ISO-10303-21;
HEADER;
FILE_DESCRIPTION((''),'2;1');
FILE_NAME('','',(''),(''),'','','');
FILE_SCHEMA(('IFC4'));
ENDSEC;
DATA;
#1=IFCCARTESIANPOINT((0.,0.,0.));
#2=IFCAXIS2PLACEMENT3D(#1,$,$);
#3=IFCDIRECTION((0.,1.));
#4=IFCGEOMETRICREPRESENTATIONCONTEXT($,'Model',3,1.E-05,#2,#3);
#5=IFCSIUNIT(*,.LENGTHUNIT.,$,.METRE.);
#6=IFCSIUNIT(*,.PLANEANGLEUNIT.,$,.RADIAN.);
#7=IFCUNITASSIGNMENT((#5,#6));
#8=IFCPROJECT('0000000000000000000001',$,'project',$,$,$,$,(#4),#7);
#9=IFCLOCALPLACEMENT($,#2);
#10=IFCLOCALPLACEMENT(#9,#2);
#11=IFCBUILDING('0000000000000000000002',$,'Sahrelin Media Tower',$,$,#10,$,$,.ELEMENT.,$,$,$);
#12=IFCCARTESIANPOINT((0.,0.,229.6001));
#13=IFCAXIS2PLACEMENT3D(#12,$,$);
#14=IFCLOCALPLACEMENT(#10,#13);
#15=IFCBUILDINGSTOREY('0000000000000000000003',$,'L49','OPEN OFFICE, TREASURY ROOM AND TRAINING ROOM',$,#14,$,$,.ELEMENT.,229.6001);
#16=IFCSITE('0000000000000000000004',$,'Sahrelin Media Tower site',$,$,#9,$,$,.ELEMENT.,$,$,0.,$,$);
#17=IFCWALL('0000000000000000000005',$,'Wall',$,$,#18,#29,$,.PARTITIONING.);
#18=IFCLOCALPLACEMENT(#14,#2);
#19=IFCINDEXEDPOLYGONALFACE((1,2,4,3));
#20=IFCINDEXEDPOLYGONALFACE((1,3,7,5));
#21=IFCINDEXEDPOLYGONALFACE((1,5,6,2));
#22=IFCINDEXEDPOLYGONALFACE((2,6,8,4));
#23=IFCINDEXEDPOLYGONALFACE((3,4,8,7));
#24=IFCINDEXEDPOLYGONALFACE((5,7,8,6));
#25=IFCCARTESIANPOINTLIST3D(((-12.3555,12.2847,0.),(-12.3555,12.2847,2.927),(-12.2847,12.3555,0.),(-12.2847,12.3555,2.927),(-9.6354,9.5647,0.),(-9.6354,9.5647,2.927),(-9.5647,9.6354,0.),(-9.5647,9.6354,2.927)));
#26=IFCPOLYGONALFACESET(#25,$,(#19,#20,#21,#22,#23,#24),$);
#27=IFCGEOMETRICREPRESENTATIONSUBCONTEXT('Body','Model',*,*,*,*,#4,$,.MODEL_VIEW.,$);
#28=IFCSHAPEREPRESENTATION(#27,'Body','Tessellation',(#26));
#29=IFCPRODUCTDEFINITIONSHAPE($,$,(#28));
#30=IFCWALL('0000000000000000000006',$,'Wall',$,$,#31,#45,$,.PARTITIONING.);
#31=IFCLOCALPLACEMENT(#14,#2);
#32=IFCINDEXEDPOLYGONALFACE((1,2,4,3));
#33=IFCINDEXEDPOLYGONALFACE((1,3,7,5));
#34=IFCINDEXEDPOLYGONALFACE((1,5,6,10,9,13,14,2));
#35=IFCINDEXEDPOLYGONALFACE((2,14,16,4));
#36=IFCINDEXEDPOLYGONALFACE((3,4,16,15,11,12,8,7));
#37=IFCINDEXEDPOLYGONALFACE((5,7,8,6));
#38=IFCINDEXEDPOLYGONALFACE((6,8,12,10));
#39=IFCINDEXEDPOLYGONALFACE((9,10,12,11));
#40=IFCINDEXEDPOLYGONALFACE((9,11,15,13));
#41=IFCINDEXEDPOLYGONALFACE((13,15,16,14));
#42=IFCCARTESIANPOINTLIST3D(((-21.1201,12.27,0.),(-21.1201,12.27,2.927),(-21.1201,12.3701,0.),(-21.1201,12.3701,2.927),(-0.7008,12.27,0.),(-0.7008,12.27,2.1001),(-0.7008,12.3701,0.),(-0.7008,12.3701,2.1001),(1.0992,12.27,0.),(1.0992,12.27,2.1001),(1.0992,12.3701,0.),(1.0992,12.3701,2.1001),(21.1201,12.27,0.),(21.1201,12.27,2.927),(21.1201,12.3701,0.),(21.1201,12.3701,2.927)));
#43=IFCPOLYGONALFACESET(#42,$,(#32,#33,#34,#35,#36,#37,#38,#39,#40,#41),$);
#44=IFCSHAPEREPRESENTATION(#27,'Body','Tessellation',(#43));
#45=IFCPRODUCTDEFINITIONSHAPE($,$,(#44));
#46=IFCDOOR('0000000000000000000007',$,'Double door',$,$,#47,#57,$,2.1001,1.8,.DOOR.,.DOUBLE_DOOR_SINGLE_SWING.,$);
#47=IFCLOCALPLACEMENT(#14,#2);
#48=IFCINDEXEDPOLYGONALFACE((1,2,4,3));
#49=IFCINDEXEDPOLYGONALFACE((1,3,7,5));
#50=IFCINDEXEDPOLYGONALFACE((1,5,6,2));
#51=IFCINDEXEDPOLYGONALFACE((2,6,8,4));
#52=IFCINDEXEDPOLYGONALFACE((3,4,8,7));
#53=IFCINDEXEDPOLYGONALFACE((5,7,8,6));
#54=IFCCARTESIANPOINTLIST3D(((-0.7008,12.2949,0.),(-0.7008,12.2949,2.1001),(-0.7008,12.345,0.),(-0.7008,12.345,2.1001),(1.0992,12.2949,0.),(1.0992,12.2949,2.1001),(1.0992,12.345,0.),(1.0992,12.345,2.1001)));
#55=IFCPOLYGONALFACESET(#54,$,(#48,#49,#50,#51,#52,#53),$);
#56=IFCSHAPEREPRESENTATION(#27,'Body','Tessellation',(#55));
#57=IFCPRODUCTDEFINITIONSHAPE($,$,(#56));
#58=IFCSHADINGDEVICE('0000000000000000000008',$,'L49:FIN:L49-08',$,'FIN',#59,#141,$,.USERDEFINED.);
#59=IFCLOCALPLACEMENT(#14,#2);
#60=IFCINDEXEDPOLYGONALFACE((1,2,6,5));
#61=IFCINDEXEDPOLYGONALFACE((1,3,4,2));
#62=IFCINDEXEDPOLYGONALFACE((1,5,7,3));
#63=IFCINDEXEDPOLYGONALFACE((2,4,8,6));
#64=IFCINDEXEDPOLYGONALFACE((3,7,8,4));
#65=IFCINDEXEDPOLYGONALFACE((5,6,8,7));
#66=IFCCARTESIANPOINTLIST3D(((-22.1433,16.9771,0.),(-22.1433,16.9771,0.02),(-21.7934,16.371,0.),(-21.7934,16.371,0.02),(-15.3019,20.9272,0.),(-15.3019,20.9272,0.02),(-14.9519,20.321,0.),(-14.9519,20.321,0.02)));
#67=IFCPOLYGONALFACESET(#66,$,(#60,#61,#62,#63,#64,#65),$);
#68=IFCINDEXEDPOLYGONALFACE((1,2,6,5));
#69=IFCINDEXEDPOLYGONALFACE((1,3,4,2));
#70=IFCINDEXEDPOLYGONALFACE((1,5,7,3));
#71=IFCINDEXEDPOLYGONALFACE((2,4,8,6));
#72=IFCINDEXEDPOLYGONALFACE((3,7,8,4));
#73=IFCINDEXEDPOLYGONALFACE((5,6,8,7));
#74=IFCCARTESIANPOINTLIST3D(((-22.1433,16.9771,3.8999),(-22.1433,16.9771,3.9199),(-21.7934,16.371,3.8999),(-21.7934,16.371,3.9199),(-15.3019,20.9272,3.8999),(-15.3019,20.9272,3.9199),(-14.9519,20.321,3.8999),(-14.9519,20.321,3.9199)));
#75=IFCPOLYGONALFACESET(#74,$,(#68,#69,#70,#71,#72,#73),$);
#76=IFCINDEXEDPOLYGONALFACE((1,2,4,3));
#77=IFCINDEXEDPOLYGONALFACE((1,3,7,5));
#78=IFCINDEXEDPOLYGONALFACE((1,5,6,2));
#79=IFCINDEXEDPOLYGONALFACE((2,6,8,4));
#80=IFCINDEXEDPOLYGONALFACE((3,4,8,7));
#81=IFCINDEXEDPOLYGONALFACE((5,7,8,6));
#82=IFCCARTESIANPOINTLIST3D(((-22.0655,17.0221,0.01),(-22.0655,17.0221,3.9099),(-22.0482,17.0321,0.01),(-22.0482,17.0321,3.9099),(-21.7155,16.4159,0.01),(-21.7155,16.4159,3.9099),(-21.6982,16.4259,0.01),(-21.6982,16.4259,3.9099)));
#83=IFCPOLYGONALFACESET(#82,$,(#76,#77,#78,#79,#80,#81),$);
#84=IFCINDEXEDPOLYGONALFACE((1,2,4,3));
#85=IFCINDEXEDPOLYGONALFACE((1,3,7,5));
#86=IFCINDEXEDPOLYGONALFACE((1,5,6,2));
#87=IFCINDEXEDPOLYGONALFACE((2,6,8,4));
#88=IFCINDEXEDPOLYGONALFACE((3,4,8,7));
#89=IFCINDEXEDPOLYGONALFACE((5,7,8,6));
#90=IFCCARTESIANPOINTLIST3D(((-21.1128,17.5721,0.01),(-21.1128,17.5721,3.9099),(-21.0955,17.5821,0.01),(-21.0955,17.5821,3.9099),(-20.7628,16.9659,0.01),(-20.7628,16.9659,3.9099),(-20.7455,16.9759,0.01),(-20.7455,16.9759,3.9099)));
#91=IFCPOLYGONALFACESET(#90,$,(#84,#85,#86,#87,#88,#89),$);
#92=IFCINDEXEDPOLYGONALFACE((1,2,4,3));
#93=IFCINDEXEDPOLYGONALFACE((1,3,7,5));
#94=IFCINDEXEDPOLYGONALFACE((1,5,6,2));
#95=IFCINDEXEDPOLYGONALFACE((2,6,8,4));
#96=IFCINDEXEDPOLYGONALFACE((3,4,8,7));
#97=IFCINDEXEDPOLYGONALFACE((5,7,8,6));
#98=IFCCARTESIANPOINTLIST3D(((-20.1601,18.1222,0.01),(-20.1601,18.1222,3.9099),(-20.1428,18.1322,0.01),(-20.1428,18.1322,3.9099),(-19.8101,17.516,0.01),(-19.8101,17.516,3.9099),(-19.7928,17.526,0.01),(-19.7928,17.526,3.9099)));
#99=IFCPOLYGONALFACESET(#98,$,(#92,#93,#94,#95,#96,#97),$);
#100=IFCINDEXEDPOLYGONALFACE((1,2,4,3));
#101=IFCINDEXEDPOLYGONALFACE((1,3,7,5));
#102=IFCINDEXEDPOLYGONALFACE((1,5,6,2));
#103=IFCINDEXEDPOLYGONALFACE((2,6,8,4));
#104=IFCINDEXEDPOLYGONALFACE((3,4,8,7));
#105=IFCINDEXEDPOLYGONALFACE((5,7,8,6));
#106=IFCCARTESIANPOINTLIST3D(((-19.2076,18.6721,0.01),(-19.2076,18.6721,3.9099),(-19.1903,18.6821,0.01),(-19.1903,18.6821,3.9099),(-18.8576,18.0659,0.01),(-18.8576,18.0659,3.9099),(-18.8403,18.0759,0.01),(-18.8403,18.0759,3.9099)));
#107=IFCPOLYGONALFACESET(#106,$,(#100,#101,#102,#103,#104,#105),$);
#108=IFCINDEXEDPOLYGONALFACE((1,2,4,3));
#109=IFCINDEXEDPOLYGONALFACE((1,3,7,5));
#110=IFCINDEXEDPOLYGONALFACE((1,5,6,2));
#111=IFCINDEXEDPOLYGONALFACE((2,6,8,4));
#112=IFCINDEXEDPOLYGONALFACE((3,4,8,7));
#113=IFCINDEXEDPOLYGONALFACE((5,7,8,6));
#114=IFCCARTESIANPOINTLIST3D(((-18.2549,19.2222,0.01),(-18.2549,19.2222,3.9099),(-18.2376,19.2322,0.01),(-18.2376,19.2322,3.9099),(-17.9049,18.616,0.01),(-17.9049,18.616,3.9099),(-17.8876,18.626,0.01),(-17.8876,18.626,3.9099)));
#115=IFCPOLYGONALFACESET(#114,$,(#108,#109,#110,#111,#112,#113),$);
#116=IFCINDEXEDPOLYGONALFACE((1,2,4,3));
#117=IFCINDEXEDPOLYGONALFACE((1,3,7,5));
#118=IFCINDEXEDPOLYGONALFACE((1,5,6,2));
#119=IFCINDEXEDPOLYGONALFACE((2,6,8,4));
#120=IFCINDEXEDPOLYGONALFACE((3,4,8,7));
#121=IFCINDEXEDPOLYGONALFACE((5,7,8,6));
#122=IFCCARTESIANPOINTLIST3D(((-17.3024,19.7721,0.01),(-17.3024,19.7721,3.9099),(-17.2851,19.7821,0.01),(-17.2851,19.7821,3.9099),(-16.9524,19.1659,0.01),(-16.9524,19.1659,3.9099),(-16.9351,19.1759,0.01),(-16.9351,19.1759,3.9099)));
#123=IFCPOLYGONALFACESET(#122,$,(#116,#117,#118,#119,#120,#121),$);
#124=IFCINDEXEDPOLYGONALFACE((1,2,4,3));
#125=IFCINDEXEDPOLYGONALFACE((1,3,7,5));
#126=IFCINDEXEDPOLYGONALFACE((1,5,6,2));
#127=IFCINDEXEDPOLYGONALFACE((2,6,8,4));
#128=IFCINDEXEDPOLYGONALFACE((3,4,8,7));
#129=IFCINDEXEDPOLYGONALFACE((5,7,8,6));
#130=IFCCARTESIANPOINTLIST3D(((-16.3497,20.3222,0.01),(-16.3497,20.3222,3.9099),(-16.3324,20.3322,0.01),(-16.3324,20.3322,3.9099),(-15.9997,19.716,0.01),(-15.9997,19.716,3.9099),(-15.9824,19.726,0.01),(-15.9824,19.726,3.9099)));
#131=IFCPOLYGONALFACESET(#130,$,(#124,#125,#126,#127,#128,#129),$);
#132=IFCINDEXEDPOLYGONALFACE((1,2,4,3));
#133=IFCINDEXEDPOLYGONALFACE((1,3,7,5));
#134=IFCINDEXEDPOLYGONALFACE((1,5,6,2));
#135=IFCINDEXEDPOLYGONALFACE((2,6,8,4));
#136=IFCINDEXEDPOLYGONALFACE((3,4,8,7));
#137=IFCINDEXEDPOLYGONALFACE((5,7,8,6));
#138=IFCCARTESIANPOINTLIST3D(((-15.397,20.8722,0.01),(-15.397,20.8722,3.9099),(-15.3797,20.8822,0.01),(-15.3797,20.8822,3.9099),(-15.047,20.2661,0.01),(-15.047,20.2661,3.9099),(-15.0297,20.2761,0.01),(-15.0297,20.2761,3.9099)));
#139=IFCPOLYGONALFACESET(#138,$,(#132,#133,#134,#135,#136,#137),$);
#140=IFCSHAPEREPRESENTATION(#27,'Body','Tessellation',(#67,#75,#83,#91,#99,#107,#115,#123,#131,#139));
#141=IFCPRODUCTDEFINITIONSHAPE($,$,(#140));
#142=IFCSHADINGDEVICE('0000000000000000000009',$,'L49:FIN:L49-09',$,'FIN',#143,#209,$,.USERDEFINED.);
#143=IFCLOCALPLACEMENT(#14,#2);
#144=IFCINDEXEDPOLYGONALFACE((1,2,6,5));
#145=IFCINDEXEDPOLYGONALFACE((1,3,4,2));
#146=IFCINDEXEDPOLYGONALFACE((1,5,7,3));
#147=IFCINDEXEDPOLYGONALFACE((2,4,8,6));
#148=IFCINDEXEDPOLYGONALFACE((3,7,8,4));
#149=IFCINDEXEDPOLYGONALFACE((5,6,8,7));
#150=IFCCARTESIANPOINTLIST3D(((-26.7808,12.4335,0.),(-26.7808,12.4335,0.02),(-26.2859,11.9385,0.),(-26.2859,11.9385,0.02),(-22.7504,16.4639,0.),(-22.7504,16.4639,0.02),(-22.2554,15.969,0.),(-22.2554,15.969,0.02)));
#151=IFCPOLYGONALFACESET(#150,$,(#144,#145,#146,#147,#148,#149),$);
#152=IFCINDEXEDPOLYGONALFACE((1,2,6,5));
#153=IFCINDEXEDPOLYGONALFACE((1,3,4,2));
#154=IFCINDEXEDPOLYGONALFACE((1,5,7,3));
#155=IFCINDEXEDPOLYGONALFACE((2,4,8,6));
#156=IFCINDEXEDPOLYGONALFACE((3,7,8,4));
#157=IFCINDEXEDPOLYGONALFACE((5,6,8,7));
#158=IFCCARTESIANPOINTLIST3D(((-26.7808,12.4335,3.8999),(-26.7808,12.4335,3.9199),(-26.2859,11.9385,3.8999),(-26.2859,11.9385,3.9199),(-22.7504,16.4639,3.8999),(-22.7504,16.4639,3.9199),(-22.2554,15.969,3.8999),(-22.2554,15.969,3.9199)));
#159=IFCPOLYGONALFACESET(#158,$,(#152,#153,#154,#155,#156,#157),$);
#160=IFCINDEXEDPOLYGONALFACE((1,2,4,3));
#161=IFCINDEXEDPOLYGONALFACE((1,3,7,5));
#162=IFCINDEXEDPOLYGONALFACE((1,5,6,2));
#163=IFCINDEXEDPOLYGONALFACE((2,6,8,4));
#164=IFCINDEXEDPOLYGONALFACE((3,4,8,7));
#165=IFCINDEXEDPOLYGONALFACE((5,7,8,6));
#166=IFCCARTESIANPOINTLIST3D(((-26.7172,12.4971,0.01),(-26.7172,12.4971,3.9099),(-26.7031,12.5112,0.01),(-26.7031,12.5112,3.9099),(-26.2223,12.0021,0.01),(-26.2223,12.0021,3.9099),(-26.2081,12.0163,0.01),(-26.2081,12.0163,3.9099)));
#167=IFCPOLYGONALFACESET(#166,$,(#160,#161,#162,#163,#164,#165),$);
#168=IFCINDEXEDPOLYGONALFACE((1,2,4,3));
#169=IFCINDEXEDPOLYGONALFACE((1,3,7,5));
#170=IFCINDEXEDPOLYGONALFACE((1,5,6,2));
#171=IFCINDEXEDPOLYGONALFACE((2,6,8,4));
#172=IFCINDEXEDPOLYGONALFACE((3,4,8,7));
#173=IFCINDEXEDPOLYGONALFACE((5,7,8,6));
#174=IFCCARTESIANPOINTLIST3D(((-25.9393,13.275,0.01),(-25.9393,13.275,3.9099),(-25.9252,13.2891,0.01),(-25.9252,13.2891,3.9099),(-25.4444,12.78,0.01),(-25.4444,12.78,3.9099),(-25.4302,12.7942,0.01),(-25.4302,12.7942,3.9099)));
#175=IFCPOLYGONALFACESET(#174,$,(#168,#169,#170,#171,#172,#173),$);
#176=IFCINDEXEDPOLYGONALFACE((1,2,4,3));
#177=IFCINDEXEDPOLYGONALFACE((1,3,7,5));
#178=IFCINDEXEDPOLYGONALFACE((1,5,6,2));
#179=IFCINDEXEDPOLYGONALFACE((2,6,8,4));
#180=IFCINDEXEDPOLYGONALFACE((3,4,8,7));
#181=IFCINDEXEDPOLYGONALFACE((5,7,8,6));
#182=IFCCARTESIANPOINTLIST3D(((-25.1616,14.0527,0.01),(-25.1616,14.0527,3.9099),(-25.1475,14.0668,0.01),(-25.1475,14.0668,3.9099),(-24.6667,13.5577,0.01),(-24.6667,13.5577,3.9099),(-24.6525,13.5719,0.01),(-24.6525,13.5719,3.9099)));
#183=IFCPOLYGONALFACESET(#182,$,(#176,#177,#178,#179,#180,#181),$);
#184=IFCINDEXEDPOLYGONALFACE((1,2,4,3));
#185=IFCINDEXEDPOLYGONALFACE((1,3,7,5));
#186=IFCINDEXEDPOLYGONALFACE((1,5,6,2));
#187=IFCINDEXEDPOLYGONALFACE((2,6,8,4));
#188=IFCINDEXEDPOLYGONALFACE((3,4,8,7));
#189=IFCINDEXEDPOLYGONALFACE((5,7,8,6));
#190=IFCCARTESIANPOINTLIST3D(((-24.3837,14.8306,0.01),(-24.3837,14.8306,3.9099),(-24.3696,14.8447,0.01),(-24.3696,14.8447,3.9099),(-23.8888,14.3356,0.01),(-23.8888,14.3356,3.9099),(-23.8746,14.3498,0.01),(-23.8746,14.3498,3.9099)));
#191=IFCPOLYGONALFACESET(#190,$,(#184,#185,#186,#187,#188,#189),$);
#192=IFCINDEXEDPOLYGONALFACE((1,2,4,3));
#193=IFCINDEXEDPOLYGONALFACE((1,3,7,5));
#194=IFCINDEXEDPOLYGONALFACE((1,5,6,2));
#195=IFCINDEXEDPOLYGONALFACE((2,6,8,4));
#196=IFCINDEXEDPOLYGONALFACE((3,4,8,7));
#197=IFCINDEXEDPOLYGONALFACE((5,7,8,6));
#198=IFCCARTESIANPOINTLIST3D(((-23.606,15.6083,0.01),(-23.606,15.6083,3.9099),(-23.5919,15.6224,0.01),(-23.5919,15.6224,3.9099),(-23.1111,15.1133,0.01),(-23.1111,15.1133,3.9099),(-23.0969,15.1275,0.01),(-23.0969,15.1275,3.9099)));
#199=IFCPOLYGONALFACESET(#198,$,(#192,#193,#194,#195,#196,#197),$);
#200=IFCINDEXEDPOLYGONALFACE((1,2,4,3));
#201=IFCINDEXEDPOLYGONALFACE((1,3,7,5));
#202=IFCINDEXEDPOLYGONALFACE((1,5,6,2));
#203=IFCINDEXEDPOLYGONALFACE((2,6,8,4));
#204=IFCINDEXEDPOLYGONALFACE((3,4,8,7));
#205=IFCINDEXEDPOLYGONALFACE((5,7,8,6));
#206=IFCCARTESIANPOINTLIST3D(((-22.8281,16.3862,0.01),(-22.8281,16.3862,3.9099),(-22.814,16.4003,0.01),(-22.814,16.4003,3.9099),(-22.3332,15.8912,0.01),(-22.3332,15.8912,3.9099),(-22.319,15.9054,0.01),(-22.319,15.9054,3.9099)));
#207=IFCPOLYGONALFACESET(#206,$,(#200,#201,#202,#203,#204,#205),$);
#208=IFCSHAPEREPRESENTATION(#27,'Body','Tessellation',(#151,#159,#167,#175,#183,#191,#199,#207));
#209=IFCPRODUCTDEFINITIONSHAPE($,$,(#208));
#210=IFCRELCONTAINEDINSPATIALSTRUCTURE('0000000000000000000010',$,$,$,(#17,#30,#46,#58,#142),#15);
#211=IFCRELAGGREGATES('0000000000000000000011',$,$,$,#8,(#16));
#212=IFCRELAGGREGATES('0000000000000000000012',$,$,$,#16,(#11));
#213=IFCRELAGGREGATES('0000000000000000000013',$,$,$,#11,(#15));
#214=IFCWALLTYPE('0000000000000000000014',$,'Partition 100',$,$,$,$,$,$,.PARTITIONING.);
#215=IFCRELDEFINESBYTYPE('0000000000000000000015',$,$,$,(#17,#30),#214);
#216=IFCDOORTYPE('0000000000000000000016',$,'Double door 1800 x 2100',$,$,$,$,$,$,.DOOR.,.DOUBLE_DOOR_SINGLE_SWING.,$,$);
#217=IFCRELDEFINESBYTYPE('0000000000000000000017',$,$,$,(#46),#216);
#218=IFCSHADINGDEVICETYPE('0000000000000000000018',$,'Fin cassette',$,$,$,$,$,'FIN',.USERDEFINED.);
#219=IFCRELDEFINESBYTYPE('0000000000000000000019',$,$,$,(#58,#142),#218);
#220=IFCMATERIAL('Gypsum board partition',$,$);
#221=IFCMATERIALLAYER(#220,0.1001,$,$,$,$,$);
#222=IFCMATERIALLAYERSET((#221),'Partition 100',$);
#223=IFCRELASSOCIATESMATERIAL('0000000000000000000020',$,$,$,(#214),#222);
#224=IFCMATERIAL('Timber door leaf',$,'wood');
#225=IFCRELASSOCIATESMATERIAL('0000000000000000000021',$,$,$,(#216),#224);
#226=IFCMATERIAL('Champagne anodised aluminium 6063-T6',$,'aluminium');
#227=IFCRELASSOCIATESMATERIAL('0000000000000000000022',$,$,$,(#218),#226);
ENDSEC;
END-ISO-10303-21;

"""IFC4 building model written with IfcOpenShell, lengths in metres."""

from ifc_helpers import new_model, si_unit, direction, frame, frame_2d, origin, origin_2d, place, context, subcontext, project, spatial, rectangle, extrude, material, layer, layer_set, type_object, element, fill, save


model = new_model("IFC4")

# Units and contexts
model_context = context("Model", 3, precision=1e-05, world=origin(), true_north=direction((0.0, 1.0)))
body_context = subcontext(model_context, "Body", "Model", "MODEL_VIEW")
ifc_project = project(units=[si_unit("LENGTHUNIT", "METRE"), si_unit("PLANEANGLEUNIT", "RADIAN")], contexts=[model_context])

# Site, building, storey
site_placement = place(None, origin())
site = spatial("IfcSite", under=ifc_project, at=site_placement, Name="Sahrelin Media Tower site", CompositionType="ELEMENT", RefElevation=0.0)
building_placement = place(site_placement, origin())
building = spatial("IfcBuilding", under=site, at=building_placement, Name="Sahrelin Media Tower", CompositionType="ELEMENT")
storey_placement = place(building_placement, frame((0.0, 0.0, 229.6001)))
storey = spatial("IfcBuildingStorey", under=building, at=storey_placement, Name="L49", Description="OPEN OFFICE, TREASURY ROOM AND TRAINING ROOM", CompositionType="ELEMENT", Elevation=229.6001)

# Shared definitions
ifc_material_1 = material(Name="Champagne anodised aluminium 6063-T6", Category="aluminium")

# Wall
ifc_material_2 = material(Name="Gypsum board partition")
ifc_layer_1 = layer(ifc_material_2, 0.1001)
ifc_layer_set_1 = layer_set([ifc_layer_1], Name="Partition 100")
wall_type_1 = type_object("IfcWallType", Name="Partition 100", PredefinedType="PARTITIONING", material=ifc_layer_set_1)
wall_1_placement = place(storey_placement, frame((-12.3201, 12.3201, 0.0), z_axis=(0.0, 0.0, 1.0), x_axis=(0.707107, -0.707107, 0.0)))
element("IfcWall", 1, at=wall_1_placement, inside=storey, type_object=wall_type_1, Name="Wall", PredefinedType="PARTITIONING", context=body_context, shape_type="SweptSolid", body=[
    extrude(rectangle(XDim=3.8467, YDim=0.1001, at=frame_2d((1.9233, 0.0))), origin(), (0.0, 0.0, 1.0), 2.927),
])

# Wall, opening, door
wall_2_placement = place(storey_placement, frame((-21.1201, 12.3201, 0.0), z_axis=(0.0, 0.0, 1.0), x_axis=(1.0, 0.0, 0.0)))
wall_2 = element("IfcWall", 2, at=wall_2_placement, inside=storey, type_object=wall_type_1, Name="Wall", PredefinedType="PARTITIONING", context=body_context, shape_type="SweptSolid", body=[
    extrude(rectangle(XDim=42.2402, YDim=0.1001, at=frame_2d((21.1201, 0.0))), origin(), (0.0, 0.0, 1.0), 2.927),
])
opening_1_placement = place(wall_2_placement, frame((20.4194, 0.0, 0.0)))
opening_1 = element("IfcOpeningElement", 3, at=opening_1_placement, cuts=wall_2, PredefinedType="OPENING", context=body_context, shape_type="SweptSolid", body=[
    extrude(rectangle(XDim=1.8, YDim=2.1001, at=frame_2d((0.8999, 1.05))), frame((0.0, 0.05, 0.0), z_axis=(0.0, -1.0, 0.0), x_axis=(1.0, 0.0, 0.0)), (0.0, 0.0, 1.0), 0.1001),
])
ifc_material_3 = material(Name="Timber door leaf", Category="wood")
door_type_1 = type_object("IfcDoorType", Name="Double door 1800 x 2100", OperationType="DOUBLE_DOOR_SINGLE_SWING", PredefinedType="DOOR", material=ifc_material_3)
door_1_placement = place(opening_1_placement, origin())
door_1 = element("IfcDoor", 4, at=door_1_placement, inside=storey, type_object=door_type_1, Name="Double door", OperationType="DOUBLE_DOOR_SINGLE_SWING", OverallHeight=2.1001, OverallWidth=1.8, PredefinedType="DOOR", context=body_context, shape_type="SweptSolid", body=[
    extrude(rectangle(XDim=1.8, YDim=2.1001, at=frame_2d((0.8999, 1.05))), frame((0.0, 0.0249, 0.0), z_axis=(0.0, -1.0, 0.0), x_axis=(1.0, 0.0, 0.0)), (0.0, 0.0, 1.0), 0.05),
])
fill(opening_1, door_1)

# Shading devices
shading_device_type_1 = type_object("IfcShadingDeviceType", Name="Fin cassette", ElementType="FIN", PredefinedType="USERDEFINED", material=ifc_material_1)
placement_1 = place(storey_placement, frame((-18.3376, 18.2854, 0.0), z_axis=(0.0, 0.0, 1.0), x_axis=(0.866019, 0.500011, 0.0)))
element("IfcShadingDevice", 5, at=placement_1, inside=storey, type_object=shading_device_type_1, Name="L49:FIN:L49-08", ObjectType="FIN", PredefinedType="USERDEFINED", context=body_context, shape_type="SweptSolid", body=[
    extrude(rectangle(XDim=7.8999, YDim=0.7, at=origin_2d()), frame((0.0, 0.4199, 0.0)), (0.0, 0.0, 1.0), 0.02),
    extrude(rectangle(XDim=7.8999, YDim=0.7, at=origin_2d()), frame((0.0, 0.4199, 3.8999)), (0.0, 0.0, 1.0), 0.02),
    extrude(rectangle(XDim=0.02, YDim=0.7, at=origin_2d()), frame((-3.8501, 0.4199, 0.01), z_axis=(0.0, 0.0, 1.0), x_axis=(1.0, 0.0, 0.0)), (0.0, 0.0, 1.0), 3.8999),
    extrude(rectangle(XDim=0.02, YDim=0.7, at=origin_2d()), frame((-2.75, 0.4199, 0.01), z_axis=(0.0, 0.0, 1.0), x_axis=(1.0, 0.0, 0.0)), (0.0, 0.0, 1.0), 3.8999),
    extrude(rectangle(XDim=0.02, YDim=0.7, at=origin_2d()), frame((-1.6499, 0.4199, 0.01), z_axis=(0.0, 0.0, 1.0), x_axis=(1.0, 0.0, 0.0)), (0.0, 0.0, 1.0), 3.8999),
    extrude(rectangle(XDim=0.02, YDim=0.7, at=origin_2d()), frame((-0.55, 0.4199, 0.01), z_axis=(0.0, 0.0, 1.0), x_axis=(1.0, 0.0, 0.0)), (0.0, 0.0, 1.0), 3.8999),
    extrude(rectangle(XDim=0.02, YDim=0.7, at=origin_2d()), frame((0.55, 0.4199, 0.01), z_axis=(0.0, 0.0, 1.0), x_axis=(1.0, 0.0, 0.0)), (0.0, 0.0, 1.0), 3.8999),
    extrude(rectangle(XDim=0.02, YDim=0.7, at=origin_2d()), frame((1.6499, 0.4199, 0.01), z_axis=(0.0, 0.0, 1.0), x_axis=(1.0, 0.0, 0.0)), (0.0, 0.0, 1.0), 3.8999),
    extrude(rectangle(XDim=0.02, YDim=0.7, at=origin_2d()), frame((2.75, 0.4199, 0.01), z_axis=(0.0, 0.0, 1.0), x_axis=(1.0, 0.0, 0.0)), (0.0, 0.0, 1.0), 3.8999),
    extrude(rectangle(XDim=0.02, YDim=0.7, at=origin_2d()), frame((3.8501, 0.4199, 0.01), z_axis=(0.0, 0.0, 1.0), x_axis=(1.0, 0.0, 0.0)), (0.0, 0.0, 1.0), 3.8999),
])
placement_2 = place(storey_placement, frame((-24.2212, 13.9043, 0.0), z_axis=(0.0, 0.0, 1.0), x_axis=(0.707107, 0.707107, 0.0)))
element("IfcShadingDevice", 6, at=placement_2, inside=storey, type_object=shading_device_type_1, Name="L49:FIN:L49-09", ObjectType="FIN", PredefinedType="USERDEFINED", context=body_context, shape_type="SweptSolid", body=[
    extrude(rectangle(XDim=5.7, YDim=0.7, at=origin_2d()), frame((0.0, 0.4199, 0.0)), (0.0, 0.0, 1.0), 0.02),
    extrude(rectangle(XDim=5.7, YDim=0.7, at=origin_2d()), frame((0.0, 0.4199, 3.8999)), (0.0, 0.0, 1.0), 0.02),
    extrude(rectangle(XDim=0.02, YDim=0.7, at=origin_2d()), frame((-2.75, 0.4199, 0.01), z_axis=(0.0, 0.0, 1.0), x_axis=(1.0, 0.0, 0.0)), (0.0, 0.0, 1.0), 3.8999),
    extrude(rectangle(XDim=0.02, YDim=0.7, at=origin_2d()), frame((-1.6499, 0.4199, 0.01), z_axis=(0.0, 0.0, 1.0), x_axis=(1.0, 0.0, 0.0)), (0.0, 0.0, 1.0), 3.8999),
    extrude(rectangle(XDim=0.02, YDim=0.7, at=origin_2d()), frame((-0.55, 0.4199, 0.01), z_axis=(0.0, 0.0, 1.0), x_axis=(1.0, 0.0, 0.0)), (0.0, 0.0, 1.0), 3.8999),
    extrude(rectangle(XDim=0.02, YDim=0.7, at=origin_2d()), frame((0.55, 0.4199, 0.01), z_axis=(0.0, 0.0, 1.0), x_axis=(1.0, 0.0, 0.0)), (0.0, 0.0, 1.0), 3.8999),
    extrude(rectangle(XDim=0.02, YDim=0.7, at=origin_2d()), frame((1.6499, 0.4199, 0.01), z_axis=(0.0, 0.0, 1.0), x_axis=(1.0, 0.0, 0.0)), (0.0, 0.0, 1.0), 3.8999),
    extrude(rectangle(XDim=0.02, YDim=0.7, at=origin_2d()), frame((2.75, 0.4199, 0.01), z_axis=(0.0, 0.0, 1.0), x_axis=(1.0, 0.0, 0.0)), (0.0, 0.0, 1.0), 3.8999),
])

save(model, "model.ifc")
